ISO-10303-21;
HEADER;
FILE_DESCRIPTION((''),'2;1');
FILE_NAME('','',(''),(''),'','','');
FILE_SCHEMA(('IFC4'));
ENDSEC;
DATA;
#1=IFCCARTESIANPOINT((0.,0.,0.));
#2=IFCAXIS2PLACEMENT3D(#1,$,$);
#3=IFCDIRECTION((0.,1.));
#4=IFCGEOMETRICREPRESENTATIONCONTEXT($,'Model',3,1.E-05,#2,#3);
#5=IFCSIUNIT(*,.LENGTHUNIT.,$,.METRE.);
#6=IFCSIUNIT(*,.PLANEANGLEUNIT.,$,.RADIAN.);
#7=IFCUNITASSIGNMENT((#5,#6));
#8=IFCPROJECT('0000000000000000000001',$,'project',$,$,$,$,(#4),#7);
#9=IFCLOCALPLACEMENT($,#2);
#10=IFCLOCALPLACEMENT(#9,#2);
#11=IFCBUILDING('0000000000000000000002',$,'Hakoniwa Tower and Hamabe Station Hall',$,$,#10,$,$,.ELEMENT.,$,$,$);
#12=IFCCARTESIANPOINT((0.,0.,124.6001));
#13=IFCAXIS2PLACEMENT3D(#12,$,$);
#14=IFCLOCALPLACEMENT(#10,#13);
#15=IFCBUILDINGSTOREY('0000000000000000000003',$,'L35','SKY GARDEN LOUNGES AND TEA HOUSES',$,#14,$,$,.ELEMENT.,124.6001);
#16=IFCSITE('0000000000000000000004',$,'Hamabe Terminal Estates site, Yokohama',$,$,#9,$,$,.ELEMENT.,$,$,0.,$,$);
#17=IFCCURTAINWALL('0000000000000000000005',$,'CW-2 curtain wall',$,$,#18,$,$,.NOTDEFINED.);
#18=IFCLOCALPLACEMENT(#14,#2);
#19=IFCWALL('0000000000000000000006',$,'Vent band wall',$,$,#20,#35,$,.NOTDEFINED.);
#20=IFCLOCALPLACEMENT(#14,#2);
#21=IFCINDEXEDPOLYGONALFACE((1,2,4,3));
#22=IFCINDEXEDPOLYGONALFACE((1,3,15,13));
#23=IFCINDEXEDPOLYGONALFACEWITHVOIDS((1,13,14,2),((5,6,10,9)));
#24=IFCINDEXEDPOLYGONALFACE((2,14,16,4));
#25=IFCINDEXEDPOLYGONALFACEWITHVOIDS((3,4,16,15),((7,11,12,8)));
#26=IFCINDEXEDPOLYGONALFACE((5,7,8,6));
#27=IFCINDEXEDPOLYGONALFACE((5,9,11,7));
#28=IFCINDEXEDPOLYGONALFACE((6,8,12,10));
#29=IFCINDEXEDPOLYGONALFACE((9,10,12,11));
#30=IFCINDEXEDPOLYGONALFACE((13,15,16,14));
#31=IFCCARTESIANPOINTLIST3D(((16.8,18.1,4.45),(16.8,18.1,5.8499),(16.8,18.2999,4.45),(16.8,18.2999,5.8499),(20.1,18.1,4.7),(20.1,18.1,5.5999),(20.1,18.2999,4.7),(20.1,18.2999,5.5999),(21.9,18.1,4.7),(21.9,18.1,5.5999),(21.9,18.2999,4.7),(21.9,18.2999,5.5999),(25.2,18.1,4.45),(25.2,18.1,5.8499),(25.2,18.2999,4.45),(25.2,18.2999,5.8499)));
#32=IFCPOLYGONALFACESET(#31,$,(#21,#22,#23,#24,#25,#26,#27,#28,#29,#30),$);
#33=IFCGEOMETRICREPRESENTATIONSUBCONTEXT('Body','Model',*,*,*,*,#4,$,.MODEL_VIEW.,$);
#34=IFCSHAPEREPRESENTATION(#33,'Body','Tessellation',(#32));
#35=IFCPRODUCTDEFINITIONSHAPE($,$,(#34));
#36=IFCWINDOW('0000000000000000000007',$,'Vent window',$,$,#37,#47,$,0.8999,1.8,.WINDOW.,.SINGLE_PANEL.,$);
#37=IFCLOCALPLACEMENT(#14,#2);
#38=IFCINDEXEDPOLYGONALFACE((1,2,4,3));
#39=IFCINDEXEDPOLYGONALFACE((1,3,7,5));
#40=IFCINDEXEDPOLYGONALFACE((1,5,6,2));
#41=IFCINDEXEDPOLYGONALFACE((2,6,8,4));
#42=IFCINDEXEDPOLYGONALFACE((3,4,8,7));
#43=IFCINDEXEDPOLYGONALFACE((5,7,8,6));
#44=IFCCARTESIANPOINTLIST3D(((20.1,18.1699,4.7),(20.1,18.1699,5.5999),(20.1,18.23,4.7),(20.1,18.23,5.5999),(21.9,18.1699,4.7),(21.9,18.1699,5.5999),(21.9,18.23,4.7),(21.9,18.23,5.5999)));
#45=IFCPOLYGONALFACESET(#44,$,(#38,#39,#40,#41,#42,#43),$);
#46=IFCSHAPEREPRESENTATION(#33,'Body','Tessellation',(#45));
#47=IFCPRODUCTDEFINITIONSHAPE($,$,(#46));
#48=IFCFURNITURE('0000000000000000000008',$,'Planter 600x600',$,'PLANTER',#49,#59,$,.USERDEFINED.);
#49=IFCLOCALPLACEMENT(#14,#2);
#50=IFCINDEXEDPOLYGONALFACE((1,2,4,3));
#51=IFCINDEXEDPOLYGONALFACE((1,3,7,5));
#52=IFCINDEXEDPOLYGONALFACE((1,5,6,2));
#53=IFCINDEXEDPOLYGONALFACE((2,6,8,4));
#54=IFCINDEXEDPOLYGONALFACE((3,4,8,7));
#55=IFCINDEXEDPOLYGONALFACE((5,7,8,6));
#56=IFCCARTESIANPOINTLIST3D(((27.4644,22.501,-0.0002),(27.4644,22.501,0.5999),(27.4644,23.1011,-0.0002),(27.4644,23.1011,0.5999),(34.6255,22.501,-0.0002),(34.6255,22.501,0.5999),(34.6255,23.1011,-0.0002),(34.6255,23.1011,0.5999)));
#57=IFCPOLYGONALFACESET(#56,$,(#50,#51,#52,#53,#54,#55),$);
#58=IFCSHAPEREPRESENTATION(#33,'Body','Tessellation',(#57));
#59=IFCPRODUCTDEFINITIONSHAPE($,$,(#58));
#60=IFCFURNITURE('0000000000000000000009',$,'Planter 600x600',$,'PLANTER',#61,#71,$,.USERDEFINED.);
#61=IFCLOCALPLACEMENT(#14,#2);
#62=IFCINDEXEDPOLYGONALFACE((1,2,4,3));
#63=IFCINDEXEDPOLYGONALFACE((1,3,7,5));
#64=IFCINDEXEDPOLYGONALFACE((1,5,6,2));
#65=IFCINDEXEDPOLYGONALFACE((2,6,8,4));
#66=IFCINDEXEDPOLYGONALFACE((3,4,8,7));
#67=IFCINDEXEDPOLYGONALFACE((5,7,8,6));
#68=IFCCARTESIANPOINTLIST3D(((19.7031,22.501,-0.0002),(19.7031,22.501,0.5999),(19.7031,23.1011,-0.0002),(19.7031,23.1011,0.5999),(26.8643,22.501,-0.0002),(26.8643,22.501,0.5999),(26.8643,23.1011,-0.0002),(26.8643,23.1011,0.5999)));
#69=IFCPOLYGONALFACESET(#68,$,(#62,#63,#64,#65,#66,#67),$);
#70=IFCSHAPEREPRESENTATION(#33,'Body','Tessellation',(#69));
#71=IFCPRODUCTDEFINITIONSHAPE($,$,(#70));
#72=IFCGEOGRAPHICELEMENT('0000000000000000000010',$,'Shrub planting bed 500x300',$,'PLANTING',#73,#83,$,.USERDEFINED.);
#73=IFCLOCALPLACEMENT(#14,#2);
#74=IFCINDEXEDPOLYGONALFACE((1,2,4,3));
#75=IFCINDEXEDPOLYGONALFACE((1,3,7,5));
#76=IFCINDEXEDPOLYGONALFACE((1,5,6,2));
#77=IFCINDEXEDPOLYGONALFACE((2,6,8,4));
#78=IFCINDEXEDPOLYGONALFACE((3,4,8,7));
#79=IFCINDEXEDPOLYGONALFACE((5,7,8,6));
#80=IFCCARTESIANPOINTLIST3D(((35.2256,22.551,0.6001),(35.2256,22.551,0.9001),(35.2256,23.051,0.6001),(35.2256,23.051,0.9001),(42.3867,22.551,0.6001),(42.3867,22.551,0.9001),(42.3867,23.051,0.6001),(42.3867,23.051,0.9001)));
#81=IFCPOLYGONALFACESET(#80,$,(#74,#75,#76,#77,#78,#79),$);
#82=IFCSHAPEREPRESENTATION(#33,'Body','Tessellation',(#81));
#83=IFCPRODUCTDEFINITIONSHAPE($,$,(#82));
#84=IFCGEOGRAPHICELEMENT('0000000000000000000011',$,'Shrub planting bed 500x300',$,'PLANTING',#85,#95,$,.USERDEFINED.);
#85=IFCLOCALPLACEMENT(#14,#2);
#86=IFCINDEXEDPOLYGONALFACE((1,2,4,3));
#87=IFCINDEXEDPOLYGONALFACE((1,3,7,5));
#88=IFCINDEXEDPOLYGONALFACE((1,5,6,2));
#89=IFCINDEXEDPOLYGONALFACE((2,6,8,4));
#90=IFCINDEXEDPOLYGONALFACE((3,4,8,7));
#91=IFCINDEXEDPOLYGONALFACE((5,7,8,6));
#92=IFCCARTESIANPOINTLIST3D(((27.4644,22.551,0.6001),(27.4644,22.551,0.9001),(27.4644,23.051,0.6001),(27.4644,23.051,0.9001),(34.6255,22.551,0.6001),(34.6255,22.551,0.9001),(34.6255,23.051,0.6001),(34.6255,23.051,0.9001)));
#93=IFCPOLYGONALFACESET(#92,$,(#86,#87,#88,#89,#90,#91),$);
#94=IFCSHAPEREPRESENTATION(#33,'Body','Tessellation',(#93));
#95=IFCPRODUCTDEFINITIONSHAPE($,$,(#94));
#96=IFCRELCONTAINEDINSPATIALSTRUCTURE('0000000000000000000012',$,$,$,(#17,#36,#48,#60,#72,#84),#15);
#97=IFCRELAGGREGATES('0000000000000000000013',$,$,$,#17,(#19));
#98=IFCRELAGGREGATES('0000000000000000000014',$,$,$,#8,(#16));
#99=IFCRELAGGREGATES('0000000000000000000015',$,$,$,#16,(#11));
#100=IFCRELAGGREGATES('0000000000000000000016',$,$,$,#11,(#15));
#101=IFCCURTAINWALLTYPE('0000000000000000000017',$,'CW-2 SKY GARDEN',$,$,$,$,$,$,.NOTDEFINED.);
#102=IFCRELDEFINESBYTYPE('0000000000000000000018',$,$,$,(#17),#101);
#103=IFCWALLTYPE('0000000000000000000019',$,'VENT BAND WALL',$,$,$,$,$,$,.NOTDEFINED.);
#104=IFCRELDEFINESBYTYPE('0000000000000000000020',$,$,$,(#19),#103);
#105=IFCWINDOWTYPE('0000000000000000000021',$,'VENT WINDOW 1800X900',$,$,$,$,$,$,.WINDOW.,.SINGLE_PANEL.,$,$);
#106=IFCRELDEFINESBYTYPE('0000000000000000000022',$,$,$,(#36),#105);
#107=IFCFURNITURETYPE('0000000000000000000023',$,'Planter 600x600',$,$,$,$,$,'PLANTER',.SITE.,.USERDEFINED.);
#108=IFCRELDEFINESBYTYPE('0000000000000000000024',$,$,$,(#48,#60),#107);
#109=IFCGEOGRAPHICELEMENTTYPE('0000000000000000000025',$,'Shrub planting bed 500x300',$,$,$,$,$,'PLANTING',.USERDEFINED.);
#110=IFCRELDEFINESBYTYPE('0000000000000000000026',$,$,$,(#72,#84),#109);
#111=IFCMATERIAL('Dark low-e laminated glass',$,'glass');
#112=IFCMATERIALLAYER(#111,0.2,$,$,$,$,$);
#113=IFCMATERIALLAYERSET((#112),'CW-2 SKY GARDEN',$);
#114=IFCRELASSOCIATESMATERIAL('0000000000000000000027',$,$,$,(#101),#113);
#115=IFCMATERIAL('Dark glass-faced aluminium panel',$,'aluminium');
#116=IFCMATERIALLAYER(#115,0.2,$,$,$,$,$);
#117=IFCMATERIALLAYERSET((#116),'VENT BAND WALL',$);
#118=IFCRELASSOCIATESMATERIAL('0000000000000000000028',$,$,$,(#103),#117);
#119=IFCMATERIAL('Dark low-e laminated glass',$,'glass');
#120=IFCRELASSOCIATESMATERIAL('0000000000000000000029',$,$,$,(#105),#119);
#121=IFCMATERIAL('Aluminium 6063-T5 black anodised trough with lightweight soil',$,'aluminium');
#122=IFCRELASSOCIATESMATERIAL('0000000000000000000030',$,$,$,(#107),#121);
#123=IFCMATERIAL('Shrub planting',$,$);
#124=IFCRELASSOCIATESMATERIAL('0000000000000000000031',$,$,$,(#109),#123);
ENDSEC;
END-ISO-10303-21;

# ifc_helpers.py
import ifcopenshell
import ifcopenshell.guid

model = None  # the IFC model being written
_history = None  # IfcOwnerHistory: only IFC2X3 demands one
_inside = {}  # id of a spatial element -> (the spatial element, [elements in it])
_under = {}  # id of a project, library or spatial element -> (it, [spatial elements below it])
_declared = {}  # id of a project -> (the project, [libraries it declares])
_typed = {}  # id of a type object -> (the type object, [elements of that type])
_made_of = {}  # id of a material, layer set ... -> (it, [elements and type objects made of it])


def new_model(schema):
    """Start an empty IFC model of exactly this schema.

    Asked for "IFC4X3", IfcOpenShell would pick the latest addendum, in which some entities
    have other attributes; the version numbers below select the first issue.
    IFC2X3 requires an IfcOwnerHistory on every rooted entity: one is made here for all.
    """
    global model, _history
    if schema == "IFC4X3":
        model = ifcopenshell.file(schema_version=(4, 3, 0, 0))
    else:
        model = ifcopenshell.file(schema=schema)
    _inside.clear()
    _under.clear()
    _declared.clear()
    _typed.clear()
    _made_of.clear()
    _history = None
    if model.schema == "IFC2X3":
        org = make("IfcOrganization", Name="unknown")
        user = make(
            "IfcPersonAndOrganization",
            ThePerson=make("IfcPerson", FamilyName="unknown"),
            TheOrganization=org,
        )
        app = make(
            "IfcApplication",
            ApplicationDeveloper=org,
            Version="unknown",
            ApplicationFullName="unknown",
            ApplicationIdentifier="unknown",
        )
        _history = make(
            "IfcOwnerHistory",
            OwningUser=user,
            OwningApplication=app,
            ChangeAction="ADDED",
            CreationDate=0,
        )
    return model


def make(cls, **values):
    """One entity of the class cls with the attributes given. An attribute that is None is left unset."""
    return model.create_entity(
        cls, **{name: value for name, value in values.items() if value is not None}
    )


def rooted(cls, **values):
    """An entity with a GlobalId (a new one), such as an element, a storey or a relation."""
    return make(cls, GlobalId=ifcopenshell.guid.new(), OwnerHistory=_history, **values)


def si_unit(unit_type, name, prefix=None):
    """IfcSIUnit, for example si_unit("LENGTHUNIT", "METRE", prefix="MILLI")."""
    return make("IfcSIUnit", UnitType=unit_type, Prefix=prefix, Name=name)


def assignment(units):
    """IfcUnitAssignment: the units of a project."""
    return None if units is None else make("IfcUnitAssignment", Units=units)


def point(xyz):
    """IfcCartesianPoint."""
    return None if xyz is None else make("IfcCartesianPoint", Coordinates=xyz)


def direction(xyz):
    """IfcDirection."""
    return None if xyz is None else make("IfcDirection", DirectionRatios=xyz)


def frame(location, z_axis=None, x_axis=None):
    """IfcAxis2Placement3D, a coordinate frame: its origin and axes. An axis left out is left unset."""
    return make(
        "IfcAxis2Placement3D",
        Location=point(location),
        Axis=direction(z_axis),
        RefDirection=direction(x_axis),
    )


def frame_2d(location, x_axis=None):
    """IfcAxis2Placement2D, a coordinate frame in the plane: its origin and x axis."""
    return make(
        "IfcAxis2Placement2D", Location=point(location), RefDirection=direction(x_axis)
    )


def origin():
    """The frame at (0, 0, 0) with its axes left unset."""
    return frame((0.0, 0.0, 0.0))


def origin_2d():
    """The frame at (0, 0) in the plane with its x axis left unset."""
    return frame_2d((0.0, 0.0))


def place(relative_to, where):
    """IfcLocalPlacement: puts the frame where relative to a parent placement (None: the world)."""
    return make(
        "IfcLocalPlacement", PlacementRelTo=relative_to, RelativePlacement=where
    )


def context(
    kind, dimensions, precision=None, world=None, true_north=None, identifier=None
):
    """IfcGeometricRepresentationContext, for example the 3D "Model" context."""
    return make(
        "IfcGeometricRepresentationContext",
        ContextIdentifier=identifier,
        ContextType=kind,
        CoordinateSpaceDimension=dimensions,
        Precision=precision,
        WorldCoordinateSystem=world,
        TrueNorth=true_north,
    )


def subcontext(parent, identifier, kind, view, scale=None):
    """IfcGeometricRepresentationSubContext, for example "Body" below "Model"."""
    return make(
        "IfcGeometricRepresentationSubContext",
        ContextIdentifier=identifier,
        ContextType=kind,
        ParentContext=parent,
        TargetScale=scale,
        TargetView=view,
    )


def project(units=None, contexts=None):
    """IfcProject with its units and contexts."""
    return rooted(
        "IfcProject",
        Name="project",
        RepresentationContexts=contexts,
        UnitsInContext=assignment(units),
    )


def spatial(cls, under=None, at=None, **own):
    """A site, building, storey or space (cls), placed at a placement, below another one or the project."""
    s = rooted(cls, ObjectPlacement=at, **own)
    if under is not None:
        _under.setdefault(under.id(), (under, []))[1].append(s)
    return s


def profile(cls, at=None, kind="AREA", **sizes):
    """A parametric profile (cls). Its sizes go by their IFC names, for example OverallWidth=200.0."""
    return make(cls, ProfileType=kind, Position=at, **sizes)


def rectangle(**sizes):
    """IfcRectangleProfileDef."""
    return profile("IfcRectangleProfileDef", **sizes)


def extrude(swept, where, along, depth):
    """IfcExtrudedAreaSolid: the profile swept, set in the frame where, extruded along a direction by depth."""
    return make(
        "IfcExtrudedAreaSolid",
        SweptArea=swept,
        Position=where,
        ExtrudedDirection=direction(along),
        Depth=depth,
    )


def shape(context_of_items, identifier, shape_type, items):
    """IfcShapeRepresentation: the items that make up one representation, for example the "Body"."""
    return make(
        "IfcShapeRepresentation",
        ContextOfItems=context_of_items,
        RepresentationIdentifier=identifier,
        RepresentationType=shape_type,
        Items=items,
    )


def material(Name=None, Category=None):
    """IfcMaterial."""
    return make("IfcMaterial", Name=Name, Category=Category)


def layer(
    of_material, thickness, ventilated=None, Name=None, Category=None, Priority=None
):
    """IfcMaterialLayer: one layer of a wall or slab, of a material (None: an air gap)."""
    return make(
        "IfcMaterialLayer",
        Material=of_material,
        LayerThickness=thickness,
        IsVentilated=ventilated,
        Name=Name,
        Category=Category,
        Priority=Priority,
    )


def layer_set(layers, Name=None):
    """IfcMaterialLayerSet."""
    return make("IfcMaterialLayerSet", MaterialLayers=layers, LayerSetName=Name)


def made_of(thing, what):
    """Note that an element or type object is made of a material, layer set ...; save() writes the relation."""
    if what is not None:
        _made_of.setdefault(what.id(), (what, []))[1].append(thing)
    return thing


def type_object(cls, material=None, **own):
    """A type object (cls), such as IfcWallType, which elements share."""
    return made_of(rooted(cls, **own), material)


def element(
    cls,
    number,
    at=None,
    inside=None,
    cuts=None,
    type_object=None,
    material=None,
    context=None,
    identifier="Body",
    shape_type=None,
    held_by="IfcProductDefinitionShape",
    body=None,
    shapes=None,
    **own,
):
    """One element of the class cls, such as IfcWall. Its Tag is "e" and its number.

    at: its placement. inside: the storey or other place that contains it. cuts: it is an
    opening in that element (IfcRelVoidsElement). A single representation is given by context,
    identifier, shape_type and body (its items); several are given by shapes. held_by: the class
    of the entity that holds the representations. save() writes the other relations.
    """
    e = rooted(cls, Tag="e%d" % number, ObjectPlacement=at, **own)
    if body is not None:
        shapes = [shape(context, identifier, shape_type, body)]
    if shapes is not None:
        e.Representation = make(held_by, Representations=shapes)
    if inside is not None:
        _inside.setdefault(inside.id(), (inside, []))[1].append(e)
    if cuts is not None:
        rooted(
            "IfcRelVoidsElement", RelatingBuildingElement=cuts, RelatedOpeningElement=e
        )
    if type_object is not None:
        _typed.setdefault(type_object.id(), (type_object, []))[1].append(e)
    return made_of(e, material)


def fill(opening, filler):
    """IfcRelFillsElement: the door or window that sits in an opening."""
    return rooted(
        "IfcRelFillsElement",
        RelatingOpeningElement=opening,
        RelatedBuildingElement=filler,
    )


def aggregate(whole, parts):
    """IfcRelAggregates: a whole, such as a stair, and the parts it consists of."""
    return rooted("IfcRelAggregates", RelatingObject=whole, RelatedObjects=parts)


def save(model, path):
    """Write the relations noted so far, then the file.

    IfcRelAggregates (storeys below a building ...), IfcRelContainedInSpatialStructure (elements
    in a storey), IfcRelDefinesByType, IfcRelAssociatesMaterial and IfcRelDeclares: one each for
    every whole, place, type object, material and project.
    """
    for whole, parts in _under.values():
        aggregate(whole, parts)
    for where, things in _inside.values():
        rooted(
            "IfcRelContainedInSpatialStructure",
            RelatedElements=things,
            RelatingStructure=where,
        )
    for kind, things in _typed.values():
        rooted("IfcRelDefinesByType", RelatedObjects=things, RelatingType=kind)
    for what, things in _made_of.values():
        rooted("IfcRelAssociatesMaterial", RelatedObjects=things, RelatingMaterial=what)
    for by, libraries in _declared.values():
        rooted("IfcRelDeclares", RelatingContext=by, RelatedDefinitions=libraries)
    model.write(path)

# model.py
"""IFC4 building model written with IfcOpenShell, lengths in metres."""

from ifc_helpers import new_model, si_unit, direction, frame, frame_2d, origin, origin_2d, place, context, subcontext, project, spatial, rectangle, extrude, material, layer, layer_set, type_object, element, fill, aggregate, save


model = new_model("IFC4")

# Units and contexts
model_context = context("Model", 3, precision=1e-05, world=origin(), true_north=direction((0.0, 1.0)))
body_context = subcontext(model_context, "Body", "Model", "MODEL_VIEW")
ifc_project = project(units=[si_unit("LENGTHUNIT", "METRE"), si_unit("PLANEANGLEUNIT", "RADIAN")], contexts=[model_context])

# Site, building, storey
site_placement = place(None, origin())
site = spatial("IfcSite", under=ifc_project, at=site_placement, Name="Hamabe Terminal Estates site, Yokohama", CompositionType="ELEMENT", RefElevation=0.0)
building_placement = place(site_placement, origin())
building = spatial("IfcBuilding", under=site, at=building_placement, Name="Hakoniwa Tower and Hamabe Station Hall", CompositionType="ELEMENT")
storey_placement = place(building_placement, frame((0.0, 0.0, 124.6001)))
storey = spatial("IfcBuildingStorey", under=building, at=storey_placement, Name="L35", Description="SKY GARDEN LOUNGES AND TEA HOUSES", CompositionType="ELEMENT", Elevation=124.6001)

# Curtain wall
ifc_material_1 = material(Name="Dark low-e laminated glass", Category="glass")
ifc_layer_1 = layer(ifc_material_1, 0.2)
ifc_layer_set_1 = layer_set([ifc_layer_1], Name="CW-2 SKY GARDEN")
curtain_wall_type = type_object("IfcCurtainWallType", Name="CW-2 SKY GARDEN", PredefinedType="NOTDEFINED", material=ifc_layer_set_1)
curtain_wall_placement = place(storey_placement, origin())
curtain_wall = element("IfcCurtainWall", 1, at=curtain_wall_placement, inside=storey, type_object=curtain_wall_type, Name="CW-2 curtain wall", PredefinedType="NOTDEFINED")

# Wall, opening, window
ifc_material_2 = material(Name="Dark glass-faced aluminium panel", Category="aluminium")
ifc_layer_2 = layer(ifc_material_2, 0.2)
ifc_layer_set_2 = layer_set([ifc_layer_2], Name="VENT BAND WALL")
wall_type_1 = type_object("IfcWallType", Name="VENT BAND WALL", PredefinedType="NOTDEFINED", material=ifc_layer_set_2)
ifc_material_3 = material(Name="Dark low-e laminated glass", Category="glass")
window_type = type_object("IfcWindowType", Name="VENT WINDOW 1800X900", PartitioningType="SINGLE_PANEL", PredefinedType="WINDOW", material=ifc_material_3)
wall_1_placement = place(storey_placement, frame((25.2, 18.2, 4.45), z_axis=(0.0, 0.0, 1.0), x_axis=(-1.0, 0.0, 0.0)))
wall_1 = element("IfcWall", 2, at=wall_1_placement, type_object=wall_type_1, Name="Vent band wall", PredefinedType="NOTDEFINED", context=body_context, shape_type="SweptSolid", body=[
    extrude(rectangle(XDim=8.3999, YDim=0.2, at=frame_2d((4.2, 0.0))), origin(), (0.0, 0.0, 1.0), 1.3999),
])
opening_1_placement = place(wall_1_placement, frame((3.3, 0.0, 0.25)))
opening_1 = element("IfcOpeningElement", 3, at=opening_1_placement, cuts=wall_1, PredefinedType="OPENING", context=body_context, shape_type="SweptSolid", body=[
    extrude(rectangle(XDim=1.8, YDim=0.8999, at=frame_2d((0.8999, 0.45))), frame((0.0, 0.1099, 0.0), z_axis=(0.0, -1.0, 0.0), x_axis=(1.0, 0.0, 0.0)), (0.0, 0.0, 1.0), 0.22),
])
window_1_placement = place(opening_1_placement, origin())
window_1 = element("IfcWindow", 4, at=window_1_placement, inside=storey, type_object=window_type, Name="Vent window", OverallHeight=0.8999, OverallWidth=1.8, PartitioningType="SINGLE_PANEL", PredefinedType="WINDOW", context=body_context, shape_type="SweptSolid", body=[
    extrude(rectangle(XDim=1.8, YDim=0.8999, at=frame_2d((0.8999, 0.45))), frame((0.0, 0.03, 0.0), z_axis=(0.0, -1.0, 0.0), x_axis=(1.0, 0.0, 0.0)), (0.0, 0.0, 1.0), 0.0601),
])
fill(opening_1, window_1)
aggregate(curtain_wall, [wall_1])

# Furniture
ifc_material_4 = material(Name="Aluminium 6063-T5 black anodised trough with lightweight soil", Category="aluminium")
furniture_type = type_object("IfcFurnitureType", Name="Planter 600x600", ElementType="PLANTER", AssemblyPlace="SITE", PredefinedType="USERDEFINED", material=ifc_material_4)
for number, where, z_axis, x_axis, name in (
    (5, (31.0449, 22.801, -0.0002), (0.0, 0.0, 1.0), (-1.0, 0.0, 0.0), "Planter 600x600"),
    (6, (23.2837, 22.801, -0.0002), (0.0, 0.0, 1.0), (-1.0, 0.0, 0.0), "Planter 600x600"),
):
    element("IfcFurniture", number, at=place(storey_placement, frame(where, z_axis=z_axis, x_axis=x_axis)), inside=storey, type_object=furniture_type, Name=name, ObjectType="PLANTER", PredefinedType="USERDEFINED", context=body_context, shape_type="SweptSolid", body=[
        extrude(rectangle(XDim=7.1611, YDim=0.6001, at=origin_2d()), origin(), (0.0, 0.0, 1.0), 0.6001),
    ])

# Geographic elements
ifc_material_5 = material(Name="Shrub planting")
geographic_element_type = type_object("IfcGeographicElementType", Name="Shrub planting bed 500x300", ElementType="PLANTING", PredefinedType="USERDEFINED", material=ifc_material_5)
for number, where, z_axis, x_axis, name in (
    (7, (38.8062, 22.801, 0.6001), (0.0, 0.0, 1.0), (-1.0, 0.0, 0.0), "Shrub planting bed 500x300"),
    (8, (31.0449, 22.801, 0.6001), (0.0, 0.0, 1.0), (-1.0, 0.0, 0.0), "Shrub planting bed 500x300"),
):
    element("IfcGeographicElement", number, at=place(storey_placement, frame(where, z_axis=z_axis, x_axis=x_axis)), inside=storey, type_object=geographic_element_type, Name=name, ObjectType="PLANTING", PredefinedType="USERDEFINED", context=body_context, shape_type="SweptSolid", body=[
        extrude(rectangle(XDim=7.1611, YDim=0.5, at=origin_2d()), origin(), (0.0, 0.0, 1.0), 0.3),
    ])

save(model, "model.ifc")
